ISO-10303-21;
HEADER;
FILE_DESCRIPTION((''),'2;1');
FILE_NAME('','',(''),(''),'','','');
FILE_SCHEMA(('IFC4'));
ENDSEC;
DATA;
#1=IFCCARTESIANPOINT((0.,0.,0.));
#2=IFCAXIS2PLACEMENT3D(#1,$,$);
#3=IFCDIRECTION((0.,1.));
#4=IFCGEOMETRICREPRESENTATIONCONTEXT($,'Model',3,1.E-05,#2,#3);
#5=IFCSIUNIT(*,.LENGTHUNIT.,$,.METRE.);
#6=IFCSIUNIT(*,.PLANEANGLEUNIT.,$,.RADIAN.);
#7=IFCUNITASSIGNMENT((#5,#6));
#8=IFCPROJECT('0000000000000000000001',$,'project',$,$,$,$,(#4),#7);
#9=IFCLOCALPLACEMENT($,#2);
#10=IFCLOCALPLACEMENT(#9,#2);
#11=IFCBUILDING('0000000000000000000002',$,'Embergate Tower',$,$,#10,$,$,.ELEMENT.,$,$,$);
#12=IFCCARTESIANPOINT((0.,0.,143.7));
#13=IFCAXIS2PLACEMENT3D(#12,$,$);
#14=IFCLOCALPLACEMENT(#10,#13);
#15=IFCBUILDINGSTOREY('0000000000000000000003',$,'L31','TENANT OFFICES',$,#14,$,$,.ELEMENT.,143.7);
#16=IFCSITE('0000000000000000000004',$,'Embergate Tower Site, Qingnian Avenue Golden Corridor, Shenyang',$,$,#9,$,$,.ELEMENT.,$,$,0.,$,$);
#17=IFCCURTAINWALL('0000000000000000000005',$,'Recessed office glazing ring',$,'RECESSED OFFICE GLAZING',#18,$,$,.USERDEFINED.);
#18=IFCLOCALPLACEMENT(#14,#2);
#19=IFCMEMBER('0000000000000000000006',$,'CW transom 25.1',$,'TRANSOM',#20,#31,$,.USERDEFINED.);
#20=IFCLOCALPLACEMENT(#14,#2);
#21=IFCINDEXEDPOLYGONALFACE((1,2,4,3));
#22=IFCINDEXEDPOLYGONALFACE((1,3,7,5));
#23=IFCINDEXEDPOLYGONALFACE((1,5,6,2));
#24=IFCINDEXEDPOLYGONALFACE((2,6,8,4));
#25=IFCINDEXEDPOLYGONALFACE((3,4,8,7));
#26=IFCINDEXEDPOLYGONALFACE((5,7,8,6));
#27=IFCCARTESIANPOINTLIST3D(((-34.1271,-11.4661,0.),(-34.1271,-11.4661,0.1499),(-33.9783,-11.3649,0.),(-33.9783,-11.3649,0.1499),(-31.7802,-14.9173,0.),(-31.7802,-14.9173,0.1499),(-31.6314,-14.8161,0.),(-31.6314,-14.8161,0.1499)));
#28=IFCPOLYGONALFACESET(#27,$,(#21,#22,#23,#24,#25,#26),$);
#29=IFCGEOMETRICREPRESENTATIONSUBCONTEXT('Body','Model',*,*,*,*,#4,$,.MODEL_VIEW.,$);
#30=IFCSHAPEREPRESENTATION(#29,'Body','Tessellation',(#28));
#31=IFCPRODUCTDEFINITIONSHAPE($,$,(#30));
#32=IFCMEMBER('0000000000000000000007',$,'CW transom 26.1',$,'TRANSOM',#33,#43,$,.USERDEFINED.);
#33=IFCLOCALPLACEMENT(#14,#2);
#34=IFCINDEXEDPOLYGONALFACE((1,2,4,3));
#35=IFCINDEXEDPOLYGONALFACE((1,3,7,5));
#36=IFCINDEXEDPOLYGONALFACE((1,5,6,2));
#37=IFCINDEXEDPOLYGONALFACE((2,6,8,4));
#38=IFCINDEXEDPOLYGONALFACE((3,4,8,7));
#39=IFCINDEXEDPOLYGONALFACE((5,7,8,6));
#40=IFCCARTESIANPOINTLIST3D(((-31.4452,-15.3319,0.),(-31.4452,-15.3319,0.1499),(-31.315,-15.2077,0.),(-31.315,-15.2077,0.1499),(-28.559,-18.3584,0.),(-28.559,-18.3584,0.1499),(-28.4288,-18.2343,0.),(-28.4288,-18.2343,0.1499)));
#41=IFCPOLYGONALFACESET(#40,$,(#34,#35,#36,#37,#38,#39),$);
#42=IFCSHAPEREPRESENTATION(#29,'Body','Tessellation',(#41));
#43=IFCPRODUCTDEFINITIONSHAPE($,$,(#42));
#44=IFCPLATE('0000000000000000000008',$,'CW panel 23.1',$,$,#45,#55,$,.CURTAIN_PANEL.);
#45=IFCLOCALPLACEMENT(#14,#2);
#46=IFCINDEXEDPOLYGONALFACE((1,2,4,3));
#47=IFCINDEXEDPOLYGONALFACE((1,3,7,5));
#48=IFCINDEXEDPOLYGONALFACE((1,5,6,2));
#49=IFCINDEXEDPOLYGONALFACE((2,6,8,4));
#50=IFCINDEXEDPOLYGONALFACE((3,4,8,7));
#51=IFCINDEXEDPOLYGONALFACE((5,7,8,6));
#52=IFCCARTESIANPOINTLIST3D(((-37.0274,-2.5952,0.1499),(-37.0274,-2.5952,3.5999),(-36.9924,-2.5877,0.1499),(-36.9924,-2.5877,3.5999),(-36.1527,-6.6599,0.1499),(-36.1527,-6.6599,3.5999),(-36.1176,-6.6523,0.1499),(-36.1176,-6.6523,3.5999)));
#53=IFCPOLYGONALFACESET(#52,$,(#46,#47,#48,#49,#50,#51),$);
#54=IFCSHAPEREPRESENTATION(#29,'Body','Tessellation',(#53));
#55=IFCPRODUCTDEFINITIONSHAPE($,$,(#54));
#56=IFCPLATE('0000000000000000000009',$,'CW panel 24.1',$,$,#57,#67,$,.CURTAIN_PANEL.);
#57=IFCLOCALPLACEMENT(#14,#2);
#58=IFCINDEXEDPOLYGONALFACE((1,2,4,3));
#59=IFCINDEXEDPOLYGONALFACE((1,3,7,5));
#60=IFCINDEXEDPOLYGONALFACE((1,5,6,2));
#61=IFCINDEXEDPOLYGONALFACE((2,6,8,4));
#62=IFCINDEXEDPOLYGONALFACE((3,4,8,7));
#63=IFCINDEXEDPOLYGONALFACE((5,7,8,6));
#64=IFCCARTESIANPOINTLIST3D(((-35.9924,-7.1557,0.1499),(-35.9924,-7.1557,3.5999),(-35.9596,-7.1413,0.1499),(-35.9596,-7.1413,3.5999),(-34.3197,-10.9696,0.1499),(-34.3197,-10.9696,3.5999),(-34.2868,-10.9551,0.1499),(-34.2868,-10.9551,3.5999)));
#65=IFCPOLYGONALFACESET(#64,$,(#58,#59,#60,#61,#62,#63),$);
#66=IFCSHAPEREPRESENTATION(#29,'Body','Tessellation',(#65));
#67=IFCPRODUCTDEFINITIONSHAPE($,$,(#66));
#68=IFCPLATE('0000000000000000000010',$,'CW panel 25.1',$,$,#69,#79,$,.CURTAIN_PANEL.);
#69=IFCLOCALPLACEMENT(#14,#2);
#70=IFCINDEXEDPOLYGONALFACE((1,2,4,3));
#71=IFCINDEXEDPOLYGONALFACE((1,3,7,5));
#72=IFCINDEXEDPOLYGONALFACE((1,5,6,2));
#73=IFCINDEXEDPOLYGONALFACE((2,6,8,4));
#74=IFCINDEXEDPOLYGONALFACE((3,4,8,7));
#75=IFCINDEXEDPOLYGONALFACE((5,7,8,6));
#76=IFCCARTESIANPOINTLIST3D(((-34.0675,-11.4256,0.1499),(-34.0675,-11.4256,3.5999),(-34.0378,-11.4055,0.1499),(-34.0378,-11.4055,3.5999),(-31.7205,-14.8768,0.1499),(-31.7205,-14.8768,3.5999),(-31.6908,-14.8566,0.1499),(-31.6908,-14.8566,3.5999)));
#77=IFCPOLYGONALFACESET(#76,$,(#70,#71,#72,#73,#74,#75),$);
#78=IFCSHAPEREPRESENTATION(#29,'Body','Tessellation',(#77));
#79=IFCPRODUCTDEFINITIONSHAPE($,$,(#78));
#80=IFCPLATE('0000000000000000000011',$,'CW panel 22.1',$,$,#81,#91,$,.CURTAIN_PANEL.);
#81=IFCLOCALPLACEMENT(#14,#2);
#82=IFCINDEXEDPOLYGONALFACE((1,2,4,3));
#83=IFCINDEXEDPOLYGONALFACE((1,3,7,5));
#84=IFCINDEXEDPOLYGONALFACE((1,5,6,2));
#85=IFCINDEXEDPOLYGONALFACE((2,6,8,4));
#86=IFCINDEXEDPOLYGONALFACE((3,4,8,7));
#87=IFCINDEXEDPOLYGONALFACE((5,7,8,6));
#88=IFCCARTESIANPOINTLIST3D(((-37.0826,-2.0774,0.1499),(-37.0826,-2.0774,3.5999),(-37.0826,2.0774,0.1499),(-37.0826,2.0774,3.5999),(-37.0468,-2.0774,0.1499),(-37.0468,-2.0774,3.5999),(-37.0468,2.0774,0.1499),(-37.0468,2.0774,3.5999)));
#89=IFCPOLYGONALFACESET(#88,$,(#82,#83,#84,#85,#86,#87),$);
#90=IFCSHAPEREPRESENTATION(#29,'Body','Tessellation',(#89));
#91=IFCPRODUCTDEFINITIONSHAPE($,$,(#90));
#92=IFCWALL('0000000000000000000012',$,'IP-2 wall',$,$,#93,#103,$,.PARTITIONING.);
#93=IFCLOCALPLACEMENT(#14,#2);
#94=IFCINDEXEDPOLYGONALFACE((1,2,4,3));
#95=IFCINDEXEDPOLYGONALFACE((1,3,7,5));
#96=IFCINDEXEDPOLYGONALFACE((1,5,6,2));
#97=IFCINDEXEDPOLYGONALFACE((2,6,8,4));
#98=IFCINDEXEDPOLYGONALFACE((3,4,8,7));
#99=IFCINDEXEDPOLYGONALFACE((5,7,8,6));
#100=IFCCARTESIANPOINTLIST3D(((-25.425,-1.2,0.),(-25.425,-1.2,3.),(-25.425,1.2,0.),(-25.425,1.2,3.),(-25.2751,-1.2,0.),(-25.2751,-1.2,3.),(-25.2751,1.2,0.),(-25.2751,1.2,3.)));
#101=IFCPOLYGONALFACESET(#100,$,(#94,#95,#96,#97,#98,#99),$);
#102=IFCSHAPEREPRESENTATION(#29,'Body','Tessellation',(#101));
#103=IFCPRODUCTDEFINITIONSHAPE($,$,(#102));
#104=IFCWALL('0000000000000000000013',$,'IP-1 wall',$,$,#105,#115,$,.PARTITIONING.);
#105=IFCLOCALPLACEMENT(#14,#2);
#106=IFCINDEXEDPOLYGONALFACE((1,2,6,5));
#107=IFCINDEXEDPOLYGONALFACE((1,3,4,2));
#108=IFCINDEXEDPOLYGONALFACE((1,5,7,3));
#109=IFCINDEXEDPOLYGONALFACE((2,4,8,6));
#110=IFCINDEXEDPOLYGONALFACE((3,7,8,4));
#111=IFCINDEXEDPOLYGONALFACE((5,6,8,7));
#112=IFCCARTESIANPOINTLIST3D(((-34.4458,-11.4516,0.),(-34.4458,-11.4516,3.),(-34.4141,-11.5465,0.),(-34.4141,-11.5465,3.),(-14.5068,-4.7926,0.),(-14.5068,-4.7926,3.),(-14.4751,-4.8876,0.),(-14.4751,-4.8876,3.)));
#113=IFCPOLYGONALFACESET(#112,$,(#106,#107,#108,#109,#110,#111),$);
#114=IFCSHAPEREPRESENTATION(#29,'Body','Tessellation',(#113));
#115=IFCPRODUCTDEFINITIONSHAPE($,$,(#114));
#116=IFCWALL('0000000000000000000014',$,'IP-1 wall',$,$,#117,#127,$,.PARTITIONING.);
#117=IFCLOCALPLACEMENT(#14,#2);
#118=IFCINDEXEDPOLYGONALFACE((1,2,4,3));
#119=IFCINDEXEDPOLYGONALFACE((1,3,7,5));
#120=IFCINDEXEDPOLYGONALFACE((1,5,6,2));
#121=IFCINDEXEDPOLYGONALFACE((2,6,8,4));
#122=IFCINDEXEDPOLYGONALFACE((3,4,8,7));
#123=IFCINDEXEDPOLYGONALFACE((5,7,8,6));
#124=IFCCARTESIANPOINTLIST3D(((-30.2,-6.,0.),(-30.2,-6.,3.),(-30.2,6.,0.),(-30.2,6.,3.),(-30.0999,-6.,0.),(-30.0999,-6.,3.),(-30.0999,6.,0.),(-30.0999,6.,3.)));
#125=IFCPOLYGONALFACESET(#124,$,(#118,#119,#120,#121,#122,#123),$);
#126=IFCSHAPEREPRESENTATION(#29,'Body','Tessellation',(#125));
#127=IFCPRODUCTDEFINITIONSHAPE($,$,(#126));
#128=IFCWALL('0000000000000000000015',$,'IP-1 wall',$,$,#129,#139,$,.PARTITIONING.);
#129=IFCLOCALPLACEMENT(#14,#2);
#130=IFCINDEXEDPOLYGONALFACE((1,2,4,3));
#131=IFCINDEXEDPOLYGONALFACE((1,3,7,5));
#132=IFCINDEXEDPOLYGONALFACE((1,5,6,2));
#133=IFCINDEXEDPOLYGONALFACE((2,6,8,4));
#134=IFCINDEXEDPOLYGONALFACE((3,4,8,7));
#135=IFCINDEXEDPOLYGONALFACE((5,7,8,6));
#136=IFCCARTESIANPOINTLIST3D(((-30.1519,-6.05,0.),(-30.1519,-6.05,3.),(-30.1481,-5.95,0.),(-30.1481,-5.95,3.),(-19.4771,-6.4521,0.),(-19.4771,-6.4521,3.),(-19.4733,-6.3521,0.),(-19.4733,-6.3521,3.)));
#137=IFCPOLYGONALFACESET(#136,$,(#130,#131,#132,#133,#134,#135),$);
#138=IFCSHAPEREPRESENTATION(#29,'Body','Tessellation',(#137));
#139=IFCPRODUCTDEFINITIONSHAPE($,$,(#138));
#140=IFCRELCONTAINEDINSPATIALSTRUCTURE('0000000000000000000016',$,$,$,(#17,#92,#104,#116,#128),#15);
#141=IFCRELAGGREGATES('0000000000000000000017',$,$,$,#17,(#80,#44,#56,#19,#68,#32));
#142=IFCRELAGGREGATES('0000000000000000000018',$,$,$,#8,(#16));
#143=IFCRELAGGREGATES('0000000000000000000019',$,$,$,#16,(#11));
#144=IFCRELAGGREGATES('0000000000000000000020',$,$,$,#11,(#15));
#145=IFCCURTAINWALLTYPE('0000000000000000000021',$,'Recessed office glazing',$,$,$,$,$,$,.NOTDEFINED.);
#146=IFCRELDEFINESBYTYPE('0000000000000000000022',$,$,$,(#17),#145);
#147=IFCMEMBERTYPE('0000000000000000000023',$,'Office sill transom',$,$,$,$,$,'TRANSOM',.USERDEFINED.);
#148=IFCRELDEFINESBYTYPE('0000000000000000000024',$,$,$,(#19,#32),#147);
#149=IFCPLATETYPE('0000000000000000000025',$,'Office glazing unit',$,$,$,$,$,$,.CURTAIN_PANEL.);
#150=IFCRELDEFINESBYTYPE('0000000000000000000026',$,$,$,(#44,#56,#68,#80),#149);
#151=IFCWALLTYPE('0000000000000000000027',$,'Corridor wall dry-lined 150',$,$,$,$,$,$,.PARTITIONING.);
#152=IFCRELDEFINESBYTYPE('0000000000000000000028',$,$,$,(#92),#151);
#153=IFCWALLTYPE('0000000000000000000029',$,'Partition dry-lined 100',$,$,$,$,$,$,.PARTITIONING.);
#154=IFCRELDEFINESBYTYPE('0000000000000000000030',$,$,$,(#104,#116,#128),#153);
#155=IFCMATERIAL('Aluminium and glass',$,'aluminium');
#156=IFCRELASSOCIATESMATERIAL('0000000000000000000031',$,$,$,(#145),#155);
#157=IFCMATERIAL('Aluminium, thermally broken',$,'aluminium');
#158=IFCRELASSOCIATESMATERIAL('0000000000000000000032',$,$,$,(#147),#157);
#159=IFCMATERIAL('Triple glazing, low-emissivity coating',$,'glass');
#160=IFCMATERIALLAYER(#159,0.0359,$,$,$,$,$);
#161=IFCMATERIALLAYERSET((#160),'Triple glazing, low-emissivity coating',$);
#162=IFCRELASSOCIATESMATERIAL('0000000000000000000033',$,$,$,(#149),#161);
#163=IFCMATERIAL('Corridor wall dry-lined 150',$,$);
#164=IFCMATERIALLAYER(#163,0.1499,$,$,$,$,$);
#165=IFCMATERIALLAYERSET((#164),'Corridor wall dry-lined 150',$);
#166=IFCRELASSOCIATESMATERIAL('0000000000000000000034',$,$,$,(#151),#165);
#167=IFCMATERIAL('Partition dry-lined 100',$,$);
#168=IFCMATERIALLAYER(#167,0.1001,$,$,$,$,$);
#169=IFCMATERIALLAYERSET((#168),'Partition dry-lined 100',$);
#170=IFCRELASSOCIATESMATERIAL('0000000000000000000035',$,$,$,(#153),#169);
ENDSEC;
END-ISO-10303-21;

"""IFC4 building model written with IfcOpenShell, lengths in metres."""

from ifc_helpers import new_model, si_unit, direction, frame, frame_2d, origin, origin_2d, place, context, subcontext, project, spatial, rectangle, extrude, source, transform, mapped, material, layer, layer_set, material_profile, profile_set, type_object, element, aggregate, save


model = new_model("IFC4")

# Units and contexts
model_context = context("Model", 3, precision=1e-05, world=origin(), true_north=direction((0.0, 1.0)))
body_context = subcontext(model_context, "Body", "Model", "MODEL_VIEW")
ifc_project = project(units=[si_unit("LENGTHUNIT", "METRE"), si_unit("PLANEANGLEUNIT", "RADIAN")], contexts=[model_context])

# Site, building, storey
site_placement = place(None, origin())
site = spatial("IfcSite", under=ifc_project, at=site_placement, Name="Embergate Tower Site, Qingnian Avenue Golden Corridor, Shenyang", CompositionType="ELEMENT", RefElevation=0.0)
building_placement = place(site_placement, origin())
building = spatial("IfcBuilding", under=site, at=building_placement, Name="Embergate Tower", CompositionType="ELEMENT")
storey_placement = place(building_placement, frame((0.0, 0.0, 143.7)))
storey = spatial("IfcBuildingStorey", under=building, at=storey_placement, Name="L31", Description="TENANT OFFICES", CompositionType="ELEMENT", Elevation=143.7)

# Curtain wall, members, plates
ifc_material_1 = material(Name="Aluminium and glass", Category="aluminium")
curtain_wall_type = type_object("IfcCurtainWallType", Name="Recessed office glazing", PredefinedType="NOTDEFINED", material=ifc_material_1)
curtain_wall_placement = place(storey_placement, origin())
curtain_wall = element("IfcCurtainWall", 1, at=curtain_wall_placement, inside=storey, type_object=curtain_wall_type, Name="Recessed office glazing ring", ObjectType="RECESSED OFFICE GLAZING", PredefinedType="USERDEFINED")
ifc_material_2 = material(Name="Aluminium, thermally broken", Category="aluminium")
ifc_material_profile_1 = material_profile(ifc_material_2, rectangle(XDim=0.1799, YDim=0.1499, at=origin_2d()), Name="AL 150x180")
ifc_profile_set_1 = profile_set([ifc_material_profile_1], Name="Aluminium, thermally broken")
member_type_1 = type_object("IfcMemberType", Name="Office sill transom", ElementType="TRANSOM", PredefinedType="USERDEFINED", material=ifc_profile_set_1)
shared_shape_1 = source(origin(), body_context, "Body", "SweptSolid", [
    extrude(rectangle(XDim=0.1799, YDim=0.1499, at=origin_2d()), origin(), (0.0, 0.0, 1.0), 4.1736),
])
member_1_placement = place(storey_placement, frame((-34.0527, -11.4155, 0.075), z_axis=(0.562331, -0.826912, 0.0), x_axis=(0.826912, 0.562331, 0.0)))
member_1 = element("IfcMember", 2, at=member_1_placement, type_object=member_type_1, Name="CW transom 25.1", ObjectType="TRANSOM", PredefinedType="USERDEFINED", context=body_context, shape_type="MappedRepresentation", body=[
    mapped(shared_shape_1, transform((0.0, 0.0, 0.0))),
])
shared_shape_2 = source(origin(), body_context, "Body", "SweptSolid", [
    extrude(rectangle(XDim=0.1799, YDim=0.1499, at=origin_2d()), origin(), (0.0, 0.0, 1.0), 4.1821),
])
member_2_placement = place(storey_placement, frame((-31.3801, -15.2698, 0.075), z_axis=(0.690124, -0.723691, 0.0), x_axis=(0.723691, 0.690124, 0.0)))
member_2 = element("IfcMember", 3, at=member_2_placement, type_object=member_type_1, Name="CW transom 26.1", ObjectType="TRANSOM", PredefinedType="USERDEFINED", context=body_context, shape_type="MappedRepresentation", body=[
    mapped(shared_shape_2, transform((0.0, 0.0, 0.0))),
])
ifc_material_3 = material(Name="Triple glazing, low-emissivity coating", Category="glass")
ifc_layer_1 = layer(ifc_material_3, 0.0359)
ifc_layer_set_1 = layer_set([ifc_layer_1], Name="Triple glazing, low-emissivity coating")
plate_type = type_object("IfcPlateType", Name="Office glazing unit", PredefinedType="CURTAIN_PANEL", material=ifc_layer_set_1)
shared_shape_3 = source(origin(), body_context, "Body", "SweptSolid", [
    extrude(rectangle(XDim=4.1577, YDim=0.0359, at=origin_2d()), origin(), (0.0, 0.0, 1.0), 3.45),
])
plate_1_placement = place(storey_placement, frame((-36.5725, -4.6238, 0.1499), z_axis=(0.0, 0.0, 1.0), x_axis=(0.210402, -0.977615, 0.0)))
plate_1 = element("IfcPlate", 4, at=plate_1_placement, type_object=plate_type, Name="CW panel 23.1", PredefinedType="CURTAIN_PANEL", context=body_context, shape_type="MappedRepresentation", body=[
    mapped(shared_shape_3, transform((0.0, 0.0, 0.0))),
])
shared_shape_4 = source(origin(), body_context, "Body", "SweptSolid", [
    extrude(rectangle(XDim=4.1646, YDim=0.0359, at=origin_2d()), origin(), (0.0, 0.0, 1.0), 3.45),
])
plate_2_placement = place(storey_placement, frame((-35.1396, -9.0554, 0.1499), z_axis=(0.0, 0.0, 1.0), x_axis=(0.40166, -0.915789, 0.0)))
plate_2 = element("IfcPlate", 5, at=plate_2_placement, type_object=plate_type, Name="CW panel 24.1", PredefinedType="CURTAIN_PANEL", context=body_context, shape_type="MappedRepresentation", body=[
    mapped(shared_shape_4, transform((0.0, 0.0, 0.0))),
])
shared_shape_5 = source(origin(), body_context, "Body", "SweptSolid", [
    extrude(rectangle(XDim=4.1736, YDim=0.0359, at=origin_2d()), origin(), (0.0, 0.0, 1.0), 3.45),
])
plate_3_placement = place(storey_placement, frame((-32.8792, -13.1411, 0.1499), z_axis=(0.0, 0.0, 1.0), x_axis=(0.56235, -0.826899, 0.0)))
plate_3 = element("IfcPlate", 6, at=plate_3_placement, type_object=plate_type, Name="CW panel 25.1", PredefinedType="CURTAIN_PANEL", context=body_context, shape_type="MappedRepresentation", body=[
    mapped(shared_shape_5, transform((0.0, 0.0, 0.0))),
])
shared_shape_6 = source(origin(), body_context, "Body", "SweptSolid", [
    extrude(rectangle(XDim=4.1548, YDim=0.0359, at=origin_2d()), origin(), (0.0, 0.0, 1.0), 3.45),
])
plate_4_placement = place(storey_placement, frame((-37.0647, 0.0, 0.1499), z_axis=(0.0, 0.0, 1.0), x_axis=(0.0, -1.0, 0.0)))
plate_4 = element("IfcPlate", 7, at=plate_4_placement, type_object=plate_type, Name="CW panel 22.1", PredefinedType="CURTAIN_PANEL", context=body_context, shape_type="MappedRepresentation", body=[
    mapped(shared_shape_6, transform((0.0, 0.0, 0.0))),
])
aggregate(curtain_wall, [plate_4, plate_1, plate_2, member_1, plate_3, member_2])

# Walls
ifc_material_4 = material(Name="Corridor wall dry-lined 150")
ifc_layer_2 = layer(ifc_material_4, 0.1499)
ifc_layer_set_2 = layer_set([ifc_layer_2], Name="Corridor wall dry-lined 150")
wall_type_1 = type_object("IfcWallType", Name="Corridor wall dry-lined 150", PredefinedType="PARTITIONING", material=ifc_layer_set_2)
shared_shape_7 = source(origin(), body_context, "Body", "SweptSolid", [
    extrude(rectangle(XDim=2.3999, YDim=0.1499, at=frame_2d((1.2, 0.0))), origin(), (0.0, 0.0, 1.0), 3.0),
])
wall_1_placement = place(storey_placement, frame((-25.3501, -1.2, 0.0), z_axis=(0.0, 0.0, 1.0), x_axis=(0.0, 1.0, 0.0)))
element("IfcWall", 8, at=wall_1_placement, inside=storey, type_object=wall_type_1, Name="IP-2 wall", PredefinedType="PARTITIONING", context=body_context, shape_type="MappedRepresentation", body=[
    mapped(shared_shape_7, transform((0.0, 0.0, 0.0))),
])
ifc_material_5 = material(Name="Partition dry-lined 100")
ifc_layer_3 = layer(ifc_material_5, 0.1001)
ifc_layer_set_3 = layer_set([ifc_layer_3], Name="Partition dry-lined 100")
wall_type_2 = type_object("IfcWallType", Name="Partition dry-lined 100", PredefinedType="PARTITIONING", material=ifc_layer_set_3)
shared_shape_8 = source(origin(), body_context, "Body", "SweptSolid", [
    extrude(rectangle(XDim=21.0215, YDim=0.1001, at=frame_2d((10.5107, 0.0))), origin(), (0.0, 0.0, 1.0), 3.0),
])
wall_2_placement = place(storey_placement, frame((-34.4299, -11.499, 0.0), z_axis=(0.0, 0.0, 1.0), x_axis=(0.948503, 0.316768, 0.0)))
element("IfcWall", 9, at=wall_2_placement, inside=storey, type_object=wall_type_2, Name="IP-1 wall", PredefinedType="PARTITIONING", context=body_context, shape_type="MappedRepresentation", body=[
    mapped(shared_shape_8, transform((0.0, 0.0, 0.0))),
])
shared_shape_9 = source(origin(), body_context, "Body", "SweptSolid", [
    extrude(rectangle(XDim=12.0, YDim=0.1001, at=frame_2d((6.0, 0.0))), origin(), (0.0, 0.0, 1.0), 3.0),
])
wall_3_placement = place(storey_placement, frame((-30.1499, -6.0, 0.0), z_axis=(0.0, 0.0, 1.0), x_axis=(0.0, 1.0, 0.0)))
element("IfcWall", 10, at=wall_3_placement, inside=storey, type_object=wall_type_2, Name="IP-1 wall", PredefinedType="PARTITIONING", context=body_context, shape_type="MappedRepresentation", body=[
    mapped(shared_shape_9, transform((0.0, 0.0, 0.0))),
])
shared_shape_10 = source(origin(), body_context, "Body", "SweptSolid", [
    extrude(rectangle(XDim=10.6824, YDim=0.1001, at=frame_2d((5.3413, 0.0))), origin(), (0.0, 0.0, 1.0), 3.0),
])
wall_4_placement = place(storey_placement, frame((-19.4751, -6.4021, 0.0), z_axis=(0.0, 0.0, 1.0), x_axis=(-0.999291, 0.037641, 0.0)))
element("IfcWall", 11, at=wall_4_placement, inside=storey, type_object=wall_type_2, Name="IP-1 wall", PredefinedType="PARTITIONING", context=body_context, shape_type="MappedRepresentation", body=[
    mapped(shared_shape_10, transform((0.0, 0.0, 0.0))),
])

save(model, "model.ifc")
